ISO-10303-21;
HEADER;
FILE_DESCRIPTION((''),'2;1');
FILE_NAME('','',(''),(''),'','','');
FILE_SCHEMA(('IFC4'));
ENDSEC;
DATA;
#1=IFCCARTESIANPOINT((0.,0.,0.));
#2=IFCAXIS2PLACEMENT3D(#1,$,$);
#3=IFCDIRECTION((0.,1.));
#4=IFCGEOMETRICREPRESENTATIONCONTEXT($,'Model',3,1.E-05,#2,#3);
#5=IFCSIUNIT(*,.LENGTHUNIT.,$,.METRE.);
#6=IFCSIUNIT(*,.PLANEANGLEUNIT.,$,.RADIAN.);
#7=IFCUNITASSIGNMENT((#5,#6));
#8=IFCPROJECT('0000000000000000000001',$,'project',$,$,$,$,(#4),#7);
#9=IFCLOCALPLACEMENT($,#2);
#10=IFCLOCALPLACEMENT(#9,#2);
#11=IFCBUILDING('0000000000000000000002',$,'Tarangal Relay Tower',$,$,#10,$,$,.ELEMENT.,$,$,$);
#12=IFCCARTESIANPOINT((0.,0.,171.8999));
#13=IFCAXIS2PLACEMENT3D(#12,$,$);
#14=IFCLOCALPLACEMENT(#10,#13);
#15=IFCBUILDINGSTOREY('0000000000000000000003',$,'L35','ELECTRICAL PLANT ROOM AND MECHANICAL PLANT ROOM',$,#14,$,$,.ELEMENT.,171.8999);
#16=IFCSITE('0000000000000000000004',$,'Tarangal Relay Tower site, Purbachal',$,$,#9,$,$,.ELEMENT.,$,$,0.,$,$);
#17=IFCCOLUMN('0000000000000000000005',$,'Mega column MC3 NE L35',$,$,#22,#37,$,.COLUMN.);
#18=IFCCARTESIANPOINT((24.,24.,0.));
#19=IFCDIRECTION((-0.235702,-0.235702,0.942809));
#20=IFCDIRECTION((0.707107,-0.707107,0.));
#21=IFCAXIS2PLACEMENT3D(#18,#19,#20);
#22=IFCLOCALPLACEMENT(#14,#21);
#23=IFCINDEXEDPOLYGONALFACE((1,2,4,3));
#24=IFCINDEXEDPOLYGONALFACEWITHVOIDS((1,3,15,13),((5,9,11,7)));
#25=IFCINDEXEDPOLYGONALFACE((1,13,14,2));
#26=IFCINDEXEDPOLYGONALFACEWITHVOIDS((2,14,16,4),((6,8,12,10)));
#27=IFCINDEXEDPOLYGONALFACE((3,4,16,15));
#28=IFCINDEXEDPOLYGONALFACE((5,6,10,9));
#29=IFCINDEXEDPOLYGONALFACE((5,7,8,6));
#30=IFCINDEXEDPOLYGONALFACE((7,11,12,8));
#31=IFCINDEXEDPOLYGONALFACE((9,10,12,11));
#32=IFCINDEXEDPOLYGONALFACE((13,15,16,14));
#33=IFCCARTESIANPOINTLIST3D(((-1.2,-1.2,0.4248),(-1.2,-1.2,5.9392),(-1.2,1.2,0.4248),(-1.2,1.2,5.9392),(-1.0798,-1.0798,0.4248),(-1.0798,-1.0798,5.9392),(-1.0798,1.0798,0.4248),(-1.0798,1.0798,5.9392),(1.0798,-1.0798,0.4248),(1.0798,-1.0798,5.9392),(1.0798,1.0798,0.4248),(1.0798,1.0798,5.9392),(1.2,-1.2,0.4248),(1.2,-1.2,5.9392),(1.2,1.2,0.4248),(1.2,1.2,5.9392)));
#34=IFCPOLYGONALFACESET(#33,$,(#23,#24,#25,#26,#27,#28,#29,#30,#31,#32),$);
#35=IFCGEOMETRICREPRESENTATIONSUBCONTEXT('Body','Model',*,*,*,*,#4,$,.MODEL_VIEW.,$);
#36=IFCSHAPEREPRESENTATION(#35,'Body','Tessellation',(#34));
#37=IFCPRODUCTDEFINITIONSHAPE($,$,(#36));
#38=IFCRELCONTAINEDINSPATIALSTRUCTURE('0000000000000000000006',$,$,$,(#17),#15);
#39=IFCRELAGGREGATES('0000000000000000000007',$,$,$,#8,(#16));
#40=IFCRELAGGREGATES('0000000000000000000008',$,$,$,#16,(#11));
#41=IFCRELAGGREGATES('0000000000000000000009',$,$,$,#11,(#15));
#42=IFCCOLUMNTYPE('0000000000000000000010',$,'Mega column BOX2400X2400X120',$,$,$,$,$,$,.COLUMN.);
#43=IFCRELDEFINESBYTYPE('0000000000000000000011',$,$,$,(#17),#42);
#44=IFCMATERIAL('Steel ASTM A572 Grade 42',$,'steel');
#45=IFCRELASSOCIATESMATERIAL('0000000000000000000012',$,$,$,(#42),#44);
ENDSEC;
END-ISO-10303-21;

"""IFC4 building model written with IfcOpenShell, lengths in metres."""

from ifc_helpers import new_model, si_unit, direction, frame, origin, origin_2d, place, context, subcontext, project, spatial, hollow_rectangle, extrude, clip, halfspace, material, material_profile, profile_set, type_object, element, save


model = new_model("IFC4")

# Units and contexts
model_context = context("Model", 3, precision=1e-05, world=origin(), true_north=direction((0.0, 1.0)))
body_context = subcontext(model_context, "Body", "Model", "MODEL_VIEW")
ifc_project = project(units=[si_unit("LENGTHUNIT", "METRE"), si_unit("PLANEANGLEUNIT", "RADIAN")], contexts=[model_context])

# Site, building, storey
site_placement = place(None, origin())
site = spatial("IfcSite", under=ifc_project, at=site_placement, Name="Tarangal Relay Tower site, Purbachal", CompositionType="ELEMENT", RefElevation=0.0)
building_placement = place(site_placement, origin())
building = spatial("IfcBuilding", under=site, at=building_placement, Name="Tarangal Relay Tower", CompositionType="ELEMENT")
storey_placement = place(building_placement, frame((0.0, 0.0, 171.8999)))
storey = spatial("IfcBuildingStorey", under=building, at=storey_placement, Name="L35", Description="ELECTRICAL PLANT ROOM AND MECHANICAL PLANT ROOM", CompositionType="ELEMENT", Elevation=171.8999)

# Column
ifc_material_1 = material(Name="Steel ASTM A572 Grade 42", Category="steel")
ifc_material_profile_1 = material_profile(ifc_material_1, hollow_rectangle(XDim=2.3999, YDim=2.3999, WallThickness=0.1201, at=origin_2d()), Name="BOX2400X2400X120")
ifc_profile_set_1 = profile_set([ifc_material_profile_1], Name="Steel ASTM A572 Grade 42")
column_type = type_object("IfcColumnType", Name="Mega column BOX2400X2400X120", PredefinedType="COLUMN", material=ifc_profile_set_1)
column_placement = place(storey_placement, frame((24.0, 24.0, 0.0), z_axis=(-0.235702, -0.235702, 0.942809), x_axis=(0.707107, -0.707107, 0.0)))
element("IfcColumn", 1, at=column_placement, inside=storey, type_object=column_type, Name="Mega column MC3 NE L35", PredefinedType="COLUMN", context=body_context, shape_type="Clipping", body=[
    clip(clip(extrude(hollow_rectangle(XDim=2.3999, YDim=2.3999, WallThickness=0.1201, at=origin_2d()), origin(), (0.0, 0.0, 1.0), 6.364), halfspace(frame((0.0, 0.0, 0.4248)), True)), halfspace(frame((0.0, 0.0, 5.9392)), False)),
])

save(model, "model.ifc")
